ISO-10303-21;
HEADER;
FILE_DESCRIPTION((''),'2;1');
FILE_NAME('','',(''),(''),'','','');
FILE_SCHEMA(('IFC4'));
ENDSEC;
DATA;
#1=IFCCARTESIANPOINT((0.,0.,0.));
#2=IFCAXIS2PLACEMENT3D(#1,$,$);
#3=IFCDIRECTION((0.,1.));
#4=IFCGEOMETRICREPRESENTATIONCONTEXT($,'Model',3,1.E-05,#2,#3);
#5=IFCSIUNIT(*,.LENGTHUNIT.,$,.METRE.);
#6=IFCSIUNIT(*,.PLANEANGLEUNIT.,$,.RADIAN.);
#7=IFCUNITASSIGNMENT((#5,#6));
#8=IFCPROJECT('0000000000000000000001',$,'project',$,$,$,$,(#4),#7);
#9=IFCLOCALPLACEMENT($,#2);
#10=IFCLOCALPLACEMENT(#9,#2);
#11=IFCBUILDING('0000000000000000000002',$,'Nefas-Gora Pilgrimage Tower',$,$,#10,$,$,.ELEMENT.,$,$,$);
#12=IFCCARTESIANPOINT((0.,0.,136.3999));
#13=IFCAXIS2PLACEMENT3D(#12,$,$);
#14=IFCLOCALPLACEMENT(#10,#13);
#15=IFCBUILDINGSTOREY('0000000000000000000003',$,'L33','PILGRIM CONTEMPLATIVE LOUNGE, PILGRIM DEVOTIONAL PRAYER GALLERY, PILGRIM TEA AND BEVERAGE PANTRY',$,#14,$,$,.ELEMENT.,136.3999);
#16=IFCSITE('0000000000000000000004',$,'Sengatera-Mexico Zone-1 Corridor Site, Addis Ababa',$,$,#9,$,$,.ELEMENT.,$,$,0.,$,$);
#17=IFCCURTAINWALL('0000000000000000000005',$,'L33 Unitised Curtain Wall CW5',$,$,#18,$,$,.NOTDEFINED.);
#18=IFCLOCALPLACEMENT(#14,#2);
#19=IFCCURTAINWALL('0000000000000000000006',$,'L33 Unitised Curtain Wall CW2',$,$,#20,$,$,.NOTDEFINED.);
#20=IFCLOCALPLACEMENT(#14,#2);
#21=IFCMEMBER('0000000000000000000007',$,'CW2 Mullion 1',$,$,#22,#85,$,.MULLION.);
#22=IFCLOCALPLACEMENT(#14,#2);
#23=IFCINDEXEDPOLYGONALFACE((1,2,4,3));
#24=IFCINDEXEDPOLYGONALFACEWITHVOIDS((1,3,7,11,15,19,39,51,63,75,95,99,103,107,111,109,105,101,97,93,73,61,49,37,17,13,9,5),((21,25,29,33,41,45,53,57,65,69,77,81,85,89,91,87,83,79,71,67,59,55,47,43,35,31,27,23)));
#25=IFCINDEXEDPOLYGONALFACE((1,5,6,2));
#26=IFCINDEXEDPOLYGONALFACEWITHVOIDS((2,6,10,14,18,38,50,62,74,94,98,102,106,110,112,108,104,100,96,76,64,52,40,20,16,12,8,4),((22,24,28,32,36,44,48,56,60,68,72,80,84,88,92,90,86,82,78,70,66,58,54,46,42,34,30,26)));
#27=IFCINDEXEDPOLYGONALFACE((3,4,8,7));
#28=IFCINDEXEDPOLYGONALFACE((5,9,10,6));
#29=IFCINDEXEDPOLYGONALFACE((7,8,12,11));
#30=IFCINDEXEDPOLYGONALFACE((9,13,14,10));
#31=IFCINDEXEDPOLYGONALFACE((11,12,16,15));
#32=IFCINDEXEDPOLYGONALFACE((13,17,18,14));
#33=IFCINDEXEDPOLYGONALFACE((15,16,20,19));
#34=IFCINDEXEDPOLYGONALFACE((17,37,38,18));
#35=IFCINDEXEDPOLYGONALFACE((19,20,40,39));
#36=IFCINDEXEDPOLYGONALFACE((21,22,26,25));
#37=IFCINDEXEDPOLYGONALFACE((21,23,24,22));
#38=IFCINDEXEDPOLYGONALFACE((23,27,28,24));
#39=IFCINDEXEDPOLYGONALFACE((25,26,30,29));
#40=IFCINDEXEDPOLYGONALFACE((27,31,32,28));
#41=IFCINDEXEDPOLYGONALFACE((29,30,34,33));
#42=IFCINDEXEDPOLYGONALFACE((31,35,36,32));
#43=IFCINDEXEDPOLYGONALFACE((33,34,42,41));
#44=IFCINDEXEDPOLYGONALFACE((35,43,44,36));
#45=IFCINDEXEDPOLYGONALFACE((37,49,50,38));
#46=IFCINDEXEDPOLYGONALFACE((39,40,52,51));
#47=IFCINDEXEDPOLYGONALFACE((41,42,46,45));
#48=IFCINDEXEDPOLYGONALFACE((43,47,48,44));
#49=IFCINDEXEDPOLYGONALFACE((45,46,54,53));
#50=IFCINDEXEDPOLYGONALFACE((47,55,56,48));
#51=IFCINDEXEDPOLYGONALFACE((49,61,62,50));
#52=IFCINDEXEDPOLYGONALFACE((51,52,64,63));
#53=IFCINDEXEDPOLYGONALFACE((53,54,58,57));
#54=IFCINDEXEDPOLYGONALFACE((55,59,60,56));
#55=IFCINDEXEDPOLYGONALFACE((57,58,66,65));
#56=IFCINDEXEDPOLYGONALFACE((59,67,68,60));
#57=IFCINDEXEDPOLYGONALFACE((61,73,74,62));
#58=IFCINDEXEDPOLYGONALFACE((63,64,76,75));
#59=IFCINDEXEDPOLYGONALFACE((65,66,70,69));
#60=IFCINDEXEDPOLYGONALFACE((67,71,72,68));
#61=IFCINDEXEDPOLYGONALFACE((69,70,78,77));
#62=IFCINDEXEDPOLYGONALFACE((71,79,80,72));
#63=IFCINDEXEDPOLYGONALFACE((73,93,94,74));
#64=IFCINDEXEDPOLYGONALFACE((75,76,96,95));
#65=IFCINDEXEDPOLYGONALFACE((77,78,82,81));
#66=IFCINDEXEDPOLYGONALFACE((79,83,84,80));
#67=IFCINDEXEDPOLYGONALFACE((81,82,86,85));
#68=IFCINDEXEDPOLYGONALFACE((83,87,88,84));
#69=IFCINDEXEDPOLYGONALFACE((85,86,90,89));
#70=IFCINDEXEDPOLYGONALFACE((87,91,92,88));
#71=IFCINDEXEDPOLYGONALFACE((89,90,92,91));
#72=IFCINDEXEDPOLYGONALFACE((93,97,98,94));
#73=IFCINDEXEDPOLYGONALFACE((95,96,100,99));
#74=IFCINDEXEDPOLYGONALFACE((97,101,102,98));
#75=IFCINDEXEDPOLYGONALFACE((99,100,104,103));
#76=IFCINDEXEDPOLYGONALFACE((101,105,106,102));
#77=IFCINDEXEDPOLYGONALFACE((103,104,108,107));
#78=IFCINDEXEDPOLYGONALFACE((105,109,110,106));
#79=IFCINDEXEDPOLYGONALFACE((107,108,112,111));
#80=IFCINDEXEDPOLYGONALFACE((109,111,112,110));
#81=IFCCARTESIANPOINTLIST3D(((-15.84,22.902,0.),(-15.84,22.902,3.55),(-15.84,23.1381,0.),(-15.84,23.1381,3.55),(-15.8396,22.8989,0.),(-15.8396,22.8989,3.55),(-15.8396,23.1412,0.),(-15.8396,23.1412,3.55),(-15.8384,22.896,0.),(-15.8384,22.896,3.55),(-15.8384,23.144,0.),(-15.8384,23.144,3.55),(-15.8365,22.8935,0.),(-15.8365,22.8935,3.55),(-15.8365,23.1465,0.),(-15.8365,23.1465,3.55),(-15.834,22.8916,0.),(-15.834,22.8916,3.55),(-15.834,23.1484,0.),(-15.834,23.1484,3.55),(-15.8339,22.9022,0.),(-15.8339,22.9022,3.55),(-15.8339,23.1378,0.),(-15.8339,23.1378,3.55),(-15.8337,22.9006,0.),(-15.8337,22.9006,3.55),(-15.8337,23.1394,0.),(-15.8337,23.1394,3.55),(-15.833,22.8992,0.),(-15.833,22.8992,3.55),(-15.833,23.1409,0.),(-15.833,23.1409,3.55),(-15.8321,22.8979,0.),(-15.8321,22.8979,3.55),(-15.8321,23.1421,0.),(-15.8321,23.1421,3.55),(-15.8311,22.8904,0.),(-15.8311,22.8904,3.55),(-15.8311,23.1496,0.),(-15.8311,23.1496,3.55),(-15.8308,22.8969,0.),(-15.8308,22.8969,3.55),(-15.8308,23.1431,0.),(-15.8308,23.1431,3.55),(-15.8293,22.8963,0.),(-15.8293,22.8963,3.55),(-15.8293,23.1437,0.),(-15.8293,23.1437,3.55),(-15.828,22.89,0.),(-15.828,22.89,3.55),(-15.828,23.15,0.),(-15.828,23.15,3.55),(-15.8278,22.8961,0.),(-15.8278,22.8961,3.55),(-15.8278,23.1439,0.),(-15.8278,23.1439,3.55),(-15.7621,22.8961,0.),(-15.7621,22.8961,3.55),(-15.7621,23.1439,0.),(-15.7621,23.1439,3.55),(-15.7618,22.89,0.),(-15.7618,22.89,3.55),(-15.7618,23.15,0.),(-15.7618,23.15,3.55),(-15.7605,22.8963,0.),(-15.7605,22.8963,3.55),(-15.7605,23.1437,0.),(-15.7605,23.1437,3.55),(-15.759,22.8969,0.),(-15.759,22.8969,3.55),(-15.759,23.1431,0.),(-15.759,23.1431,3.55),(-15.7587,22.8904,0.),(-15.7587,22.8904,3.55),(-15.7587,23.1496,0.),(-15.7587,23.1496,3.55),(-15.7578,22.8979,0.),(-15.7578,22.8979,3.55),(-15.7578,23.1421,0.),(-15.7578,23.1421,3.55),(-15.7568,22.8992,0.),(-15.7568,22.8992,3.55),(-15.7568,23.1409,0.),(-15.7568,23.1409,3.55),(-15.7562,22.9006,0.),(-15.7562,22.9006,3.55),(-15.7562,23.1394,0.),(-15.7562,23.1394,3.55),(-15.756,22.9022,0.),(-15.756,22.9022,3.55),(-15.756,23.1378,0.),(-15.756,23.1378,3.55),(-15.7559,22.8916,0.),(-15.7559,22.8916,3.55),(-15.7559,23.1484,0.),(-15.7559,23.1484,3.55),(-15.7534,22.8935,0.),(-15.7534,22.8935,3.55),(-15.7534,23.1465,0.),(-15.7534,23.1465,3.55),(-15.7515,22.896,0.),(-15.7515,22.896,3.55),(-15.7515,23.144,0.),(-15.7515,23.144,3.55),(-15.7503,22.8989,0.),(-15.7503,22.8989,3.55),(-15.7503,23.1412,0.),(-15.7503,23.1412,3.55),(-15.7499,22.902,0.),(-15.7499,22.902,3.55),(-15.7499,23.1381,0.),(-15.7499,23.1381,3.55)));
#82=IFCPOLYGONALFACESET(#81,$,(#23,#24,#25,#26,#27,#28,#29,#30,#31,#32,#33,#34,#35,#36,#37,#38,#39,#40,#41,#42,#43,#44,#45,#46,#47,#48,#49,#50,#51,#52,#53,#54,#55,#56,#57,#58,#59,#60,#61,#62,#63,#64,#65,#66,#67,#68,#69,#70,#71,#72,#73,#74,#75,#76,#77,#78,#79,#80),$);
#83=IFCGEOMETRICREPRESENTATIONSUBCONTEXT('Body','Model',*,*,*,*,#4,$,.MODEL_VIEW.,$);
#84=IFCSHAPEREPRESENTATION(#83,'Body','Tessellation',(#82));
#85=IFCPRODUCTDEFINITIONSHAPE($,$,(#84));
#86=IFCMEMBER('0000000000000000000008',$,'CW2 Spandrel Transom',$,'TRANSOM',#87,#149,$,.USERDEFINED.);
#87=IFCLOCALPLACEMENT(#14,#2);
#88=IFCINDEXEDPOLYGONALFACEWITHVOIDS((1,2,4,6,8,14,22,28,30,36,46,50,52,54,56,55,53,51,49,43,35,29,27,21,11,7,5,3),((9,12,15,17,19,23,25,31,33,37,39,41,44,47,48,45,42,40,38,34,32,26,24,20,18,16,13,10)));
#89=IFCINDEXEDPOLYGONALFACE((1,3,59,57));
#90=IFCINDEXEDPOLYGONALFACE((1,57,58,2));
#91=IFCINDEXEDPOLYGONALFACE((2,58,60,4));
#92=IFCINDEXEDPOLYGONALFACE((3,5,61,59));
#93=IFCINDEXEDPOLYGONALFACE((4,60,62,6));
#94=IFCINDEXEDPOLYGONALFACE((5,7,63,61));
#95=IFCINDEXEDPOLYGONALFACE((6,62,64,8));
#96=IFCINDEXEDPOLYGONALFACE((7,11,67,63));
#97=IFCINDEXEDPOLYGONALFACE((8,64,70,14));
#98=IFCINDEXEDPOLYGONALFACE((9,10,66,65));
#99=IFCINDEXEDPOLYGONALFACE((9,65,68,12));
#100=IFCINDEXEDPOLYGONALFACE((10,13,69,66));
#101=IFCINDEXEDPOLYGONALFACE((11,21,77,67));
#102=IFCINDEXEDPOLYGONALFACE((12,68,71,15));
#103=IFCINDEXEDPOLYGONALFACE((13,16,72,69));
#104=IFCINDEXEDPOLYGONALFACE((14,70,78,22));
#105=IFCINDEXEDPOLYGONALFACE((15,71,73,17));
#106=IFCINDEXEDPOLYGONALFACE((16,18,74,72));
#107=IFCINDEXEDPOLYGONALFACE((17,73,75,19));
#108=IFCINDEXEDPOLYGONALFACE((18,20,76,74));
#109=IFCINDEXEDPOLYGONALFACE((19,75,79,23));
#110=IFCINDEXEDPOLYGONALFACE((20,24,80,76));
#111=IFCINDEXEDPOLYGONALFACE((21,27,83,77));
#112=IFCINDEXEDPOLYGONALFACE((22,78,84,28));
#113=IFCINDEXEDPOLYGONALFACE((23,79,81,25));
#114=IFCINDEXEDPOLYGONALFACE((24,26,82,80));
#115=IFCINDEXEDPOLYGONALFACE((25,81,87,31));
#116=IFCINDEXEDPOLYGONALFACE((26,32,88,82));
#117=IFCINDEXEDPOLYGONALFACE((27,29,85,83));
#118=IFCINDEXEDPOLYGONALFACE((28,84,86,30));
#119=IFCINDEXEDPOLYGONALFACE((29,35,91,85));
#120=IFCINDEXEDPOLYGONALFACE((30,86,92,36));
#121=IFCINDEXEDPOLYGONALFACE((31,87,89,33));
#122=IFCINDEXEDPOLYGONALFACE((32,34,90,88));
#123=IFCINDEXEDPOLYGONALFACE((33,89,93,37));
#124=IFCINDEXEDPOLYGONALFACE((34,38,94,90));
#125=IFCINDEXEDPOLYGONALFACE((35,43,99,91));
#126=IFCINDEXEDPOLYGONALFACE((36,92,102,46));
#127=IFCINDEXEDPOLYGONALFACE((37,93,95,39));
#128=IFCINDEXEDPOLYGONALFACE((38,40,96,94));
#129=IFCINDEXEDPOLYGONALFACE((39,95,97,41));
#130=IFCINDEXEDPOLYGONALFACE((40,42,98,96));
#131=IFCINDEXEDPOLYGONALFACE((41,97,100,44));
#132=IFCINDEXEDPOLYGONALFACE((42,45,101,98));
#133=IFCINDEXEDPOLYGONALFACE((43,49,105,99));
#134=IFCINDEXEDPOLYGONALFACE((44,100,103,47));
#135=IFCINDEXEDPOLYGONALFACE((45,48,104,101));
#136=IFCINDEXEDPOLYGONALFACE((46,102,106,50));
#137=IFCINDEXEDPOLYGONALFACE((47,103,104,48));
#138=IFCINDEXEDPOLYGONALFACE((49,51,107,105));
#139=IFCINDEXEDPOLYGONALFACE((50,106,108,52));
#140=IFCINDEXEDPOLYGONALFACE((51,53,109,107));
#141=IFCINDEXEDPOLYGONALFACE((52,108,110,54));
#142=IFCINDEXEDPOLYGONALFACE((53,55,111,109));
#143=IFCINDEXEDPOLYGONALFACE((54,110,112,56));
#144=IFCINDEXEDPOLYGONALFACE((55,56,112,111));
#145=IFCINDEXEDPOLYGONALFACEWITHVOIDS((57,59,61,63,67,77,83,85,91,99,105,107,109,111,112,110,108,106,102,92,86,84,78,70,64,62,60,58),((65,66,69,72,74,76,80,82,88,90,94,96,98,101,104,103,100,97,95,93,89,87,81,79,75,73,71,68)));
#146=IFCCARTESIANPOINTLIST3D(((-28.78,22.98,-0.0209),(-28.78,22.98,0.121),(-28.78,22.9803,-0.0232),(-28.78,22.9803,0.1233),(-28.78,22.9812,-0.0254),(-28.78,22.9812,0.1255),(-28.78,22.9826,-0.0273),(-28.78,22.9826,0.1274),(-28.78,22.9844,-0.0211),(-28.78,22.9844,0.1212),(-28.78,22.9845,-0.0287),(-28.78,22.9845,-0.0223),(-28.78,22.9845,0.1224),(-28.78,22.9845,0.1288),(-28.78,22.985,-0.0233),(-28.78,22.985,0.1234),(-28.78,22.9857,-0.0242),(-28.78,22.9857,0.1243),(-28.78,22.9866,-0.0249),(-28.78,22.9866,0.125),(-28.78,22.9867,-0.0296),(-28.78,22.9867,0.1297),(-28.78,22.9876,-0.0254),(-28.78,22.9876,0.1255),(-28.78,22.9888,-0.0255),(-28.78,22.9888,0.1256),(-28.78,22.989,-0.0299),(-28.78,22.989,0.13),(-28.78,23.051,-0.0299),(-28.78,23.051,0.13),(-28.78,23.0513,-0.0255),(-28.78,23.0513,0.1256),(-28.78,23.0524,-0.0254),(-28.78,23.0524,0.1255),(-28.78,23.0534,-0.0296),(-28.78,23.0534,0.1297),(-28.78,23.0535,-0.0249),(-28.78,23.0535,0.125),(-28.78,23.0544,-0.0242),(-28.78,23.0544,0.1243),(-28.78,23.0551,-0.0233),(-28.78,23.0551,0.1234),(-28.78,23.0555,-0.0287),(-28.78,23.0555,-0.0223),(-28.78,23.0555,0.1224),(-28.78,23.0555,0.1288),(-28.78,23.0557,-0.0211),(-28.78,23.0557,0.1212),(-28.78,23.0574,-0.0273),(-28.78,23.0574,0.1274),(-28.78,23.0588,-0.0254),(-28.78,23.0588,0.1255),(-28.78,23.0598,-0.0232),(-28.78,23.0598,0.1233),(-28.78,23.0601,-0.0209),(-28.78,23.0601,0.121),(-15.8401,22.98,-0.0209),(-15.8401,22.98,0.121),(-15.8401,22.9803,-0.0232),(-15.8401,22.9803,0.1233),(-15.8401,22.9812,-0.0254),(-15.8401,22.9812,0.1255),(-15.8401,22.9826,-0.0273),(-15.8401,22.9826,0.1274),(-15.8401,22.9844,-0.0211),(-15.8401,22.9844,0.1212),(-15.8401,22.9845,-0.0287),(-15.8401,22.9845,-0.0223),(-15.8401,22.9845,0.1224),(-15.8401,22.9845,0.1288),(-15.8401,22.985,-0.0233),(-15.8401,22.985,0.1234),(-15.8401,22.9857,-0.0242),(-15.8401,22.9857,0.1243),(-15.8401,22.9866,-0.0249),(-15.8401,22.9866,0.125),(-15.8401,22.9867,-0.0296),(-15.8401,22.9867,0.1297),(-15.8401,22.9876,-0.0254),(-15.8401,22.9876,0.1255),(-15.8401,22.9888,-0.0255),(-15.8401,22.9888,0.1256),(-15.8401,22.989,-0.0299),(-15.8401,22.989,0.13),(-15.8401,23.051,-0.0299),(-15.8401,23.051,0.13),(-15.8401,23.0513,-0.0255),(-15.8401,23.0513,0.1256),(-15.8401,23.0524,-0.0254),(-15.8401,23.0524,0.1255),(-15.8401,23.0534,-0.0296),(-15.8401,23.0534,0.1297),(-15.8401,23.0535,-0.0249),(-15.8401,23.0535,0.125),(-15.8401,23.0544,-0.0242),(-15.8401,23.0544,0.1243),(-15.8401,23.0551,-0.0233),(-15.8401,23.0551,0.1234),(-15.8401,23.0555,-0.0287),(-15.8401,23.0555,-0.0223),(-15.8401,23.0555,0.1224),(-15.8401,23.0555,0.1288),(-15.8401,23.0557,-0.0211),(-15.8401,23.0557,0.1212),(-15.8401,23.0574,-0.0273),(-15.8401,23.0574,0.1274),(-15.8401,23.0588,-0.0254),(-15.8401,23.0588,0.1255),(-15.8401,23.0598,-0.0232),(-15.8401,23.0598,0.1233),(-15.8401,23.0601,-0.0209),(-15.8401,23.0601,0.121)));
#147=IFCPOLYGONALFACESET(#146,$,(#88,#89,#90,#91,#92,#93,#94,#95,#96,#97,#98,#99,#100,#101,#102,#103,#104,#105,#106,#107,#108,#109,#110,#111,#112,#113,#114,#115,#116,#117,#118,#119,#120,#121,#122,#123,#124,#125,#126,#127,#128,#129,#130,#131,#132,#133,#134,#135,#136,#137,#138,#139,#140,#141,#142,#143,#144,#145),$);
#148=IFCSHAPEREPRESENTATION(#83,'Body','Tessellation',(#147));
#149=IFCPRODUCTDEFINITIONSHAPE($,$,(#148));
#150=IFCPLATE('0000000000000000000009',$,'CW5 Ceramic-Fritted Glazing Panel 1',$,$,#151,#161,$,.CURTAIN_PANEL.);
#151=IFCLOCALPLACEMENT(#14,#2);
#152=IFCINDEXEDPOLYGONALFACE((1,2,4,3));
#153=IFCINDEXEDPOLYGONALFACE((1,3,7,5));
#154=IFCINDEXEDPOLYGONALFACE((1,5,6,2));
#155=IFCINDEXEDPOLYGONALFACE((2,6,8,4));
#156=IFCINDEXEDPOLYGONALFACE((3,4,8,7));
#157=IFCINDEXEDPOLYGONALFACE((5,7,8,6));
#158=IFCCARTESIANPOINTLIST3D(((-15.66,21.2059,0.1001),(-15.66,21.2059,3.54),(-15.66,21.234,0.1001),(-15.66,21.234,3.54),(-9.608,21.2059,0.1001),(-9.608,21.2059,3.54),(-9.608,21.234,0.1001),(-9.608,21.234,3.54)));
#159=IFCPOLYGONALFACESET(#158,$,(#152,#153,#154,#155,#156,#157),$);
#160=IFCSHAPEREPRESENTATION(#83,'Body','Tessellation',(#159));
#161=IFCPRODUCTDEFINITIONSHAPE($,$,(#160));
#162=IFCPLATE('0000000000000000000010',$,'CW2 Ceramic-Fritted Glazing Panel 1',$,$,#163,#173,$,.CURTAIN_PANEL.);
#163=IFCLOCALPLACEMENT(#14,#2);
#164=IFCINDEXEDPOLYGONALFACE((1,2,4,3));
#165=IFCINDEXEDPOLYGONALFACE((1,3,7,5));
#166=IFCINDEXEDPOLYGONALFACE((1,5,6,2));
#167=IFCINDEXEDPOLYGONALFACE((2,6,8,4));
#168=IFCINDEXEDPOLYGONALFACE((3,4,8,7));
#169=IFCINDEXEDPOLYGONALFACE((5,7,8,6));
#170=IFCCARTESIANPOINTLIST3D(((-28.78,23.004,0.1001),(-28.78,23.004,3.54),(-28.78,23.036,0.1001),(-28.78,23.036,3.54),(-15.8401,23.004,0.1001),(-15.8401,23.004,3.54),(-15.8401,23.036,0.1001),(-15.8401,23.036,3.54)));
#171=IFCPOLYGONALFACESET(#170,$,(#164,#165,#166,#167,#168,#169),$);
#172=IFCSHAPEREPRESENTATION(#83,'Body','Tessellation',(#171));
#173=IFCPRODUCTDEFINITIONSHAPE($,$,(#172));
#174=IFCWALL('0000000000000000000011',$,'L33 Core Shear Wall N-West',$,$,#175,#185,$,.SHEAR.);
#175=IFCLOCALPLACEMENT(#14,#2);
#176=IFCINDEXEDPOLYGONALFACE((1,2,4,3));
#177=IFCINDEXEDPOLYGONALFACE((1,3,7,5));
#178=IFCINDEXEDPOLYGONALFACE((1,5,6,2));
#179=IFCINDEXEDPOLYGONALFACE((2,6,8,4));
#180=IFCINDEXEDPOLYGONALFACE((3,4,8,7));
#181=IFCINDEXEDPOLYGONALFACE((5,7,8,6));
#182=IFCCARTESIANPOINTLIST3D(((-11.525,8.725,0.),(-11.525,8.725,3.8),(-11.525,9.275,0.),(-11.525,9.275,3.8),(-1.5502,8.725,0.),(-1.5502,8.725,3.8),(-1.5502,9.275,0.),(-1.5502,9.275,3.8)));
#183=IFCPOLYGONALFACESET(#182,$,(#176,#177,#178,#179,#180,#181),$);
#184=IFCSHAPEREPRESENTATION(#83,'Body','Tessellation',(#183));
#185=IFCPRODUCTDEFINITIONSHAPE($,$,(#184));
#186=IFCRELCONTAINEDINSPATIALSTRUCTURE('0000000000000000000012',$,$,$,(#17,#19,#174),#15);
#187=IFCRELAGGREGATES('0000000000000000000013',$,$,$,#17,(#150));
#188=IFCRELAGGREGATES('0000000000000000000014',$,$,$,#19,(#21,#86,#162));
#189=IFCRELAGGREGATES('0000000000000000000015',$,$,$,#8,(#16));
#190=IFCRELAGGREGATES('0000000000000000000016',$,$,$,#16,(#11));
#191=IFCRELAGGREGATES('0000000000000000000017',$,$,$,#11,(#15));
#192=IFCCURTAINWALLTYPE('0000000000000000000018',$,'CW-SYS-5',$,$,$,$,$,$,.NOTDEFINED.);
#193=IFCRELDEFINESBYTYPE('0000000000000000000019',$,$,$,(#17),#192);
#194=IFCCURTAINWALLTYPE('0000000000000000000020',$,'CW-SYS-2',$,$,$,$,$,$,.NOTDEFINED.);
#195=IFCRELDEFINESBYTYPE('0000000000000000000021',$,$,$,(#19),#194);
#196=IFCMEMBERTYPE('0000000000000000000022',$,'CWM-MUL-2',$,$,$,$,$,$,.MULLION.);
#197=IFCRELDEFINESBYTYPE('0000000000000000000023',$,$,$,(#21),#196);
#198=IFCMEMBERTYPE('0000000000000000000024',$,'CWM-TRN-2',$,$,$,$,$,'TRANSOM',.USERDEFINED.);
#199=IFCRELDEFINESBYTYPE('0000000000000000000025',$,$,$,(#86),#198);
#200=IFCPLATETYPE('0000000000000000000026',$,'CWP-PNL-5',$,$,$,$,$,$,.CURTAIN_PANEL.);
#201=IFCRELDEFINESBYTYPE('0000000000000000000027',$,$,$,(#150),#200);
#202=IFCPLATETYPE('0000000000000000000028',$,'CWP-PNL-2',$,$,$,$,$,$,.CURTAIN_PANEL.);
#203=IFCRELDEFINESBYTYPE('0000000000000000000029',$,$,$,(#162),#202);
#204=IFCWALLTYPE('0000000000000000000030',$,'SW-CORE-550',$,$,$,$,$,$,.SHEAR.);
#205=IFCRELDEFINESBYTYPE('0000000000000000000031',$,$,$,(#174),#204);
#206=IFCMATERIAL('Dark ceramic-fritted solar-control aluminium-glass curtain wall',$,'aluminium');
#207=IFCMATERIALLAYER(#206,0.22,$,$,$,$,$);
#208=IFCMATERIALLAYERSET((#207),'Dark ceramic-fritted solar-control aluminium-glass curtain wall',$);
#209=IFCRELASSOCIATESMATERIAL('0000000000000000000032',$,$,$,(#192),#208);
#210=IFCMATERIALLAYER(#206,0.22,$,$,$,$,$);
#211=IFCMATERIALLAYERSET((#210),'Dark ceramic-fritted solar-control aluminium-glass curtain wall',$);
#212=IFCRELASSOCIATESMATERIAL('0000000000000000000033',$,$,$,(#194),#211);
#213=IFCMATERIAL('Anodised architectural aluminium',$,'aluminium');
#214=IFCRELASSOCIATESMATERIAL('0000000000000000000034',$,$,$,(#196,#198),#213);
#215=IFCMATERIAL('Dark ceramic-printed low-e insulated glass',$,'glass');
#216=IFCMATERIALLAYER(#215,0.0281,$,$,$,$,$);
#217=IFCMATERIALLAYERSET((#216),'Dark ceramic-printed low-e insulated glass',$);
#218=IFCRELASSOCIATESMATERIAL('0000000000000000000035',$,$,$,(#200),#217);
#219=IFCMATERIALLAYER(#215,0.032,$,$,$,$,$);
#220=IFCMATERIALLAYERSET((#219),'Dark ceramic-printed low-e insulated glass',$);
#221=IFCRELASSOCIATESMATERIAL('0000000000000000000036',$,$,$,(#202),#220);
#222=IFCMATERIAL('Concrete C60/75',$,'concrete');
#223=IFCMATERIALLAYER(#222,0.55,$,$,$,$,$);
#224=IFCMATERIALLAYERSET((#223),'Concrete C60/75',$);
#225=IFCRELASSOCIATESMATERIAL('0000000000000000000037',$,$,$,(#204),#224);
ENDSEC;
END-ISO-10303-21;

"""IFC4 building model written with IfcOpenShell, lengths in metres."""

from ifc_helpers import new_model, si_unit, direction, frame, frame_2d, origin, origin_2d, place, context, subcontext, project, spatial, rectangle, hollow_rectangle, extrude, source, transform, mapped, material, layer, layer_set, material_profile, profile_set, type_object, element, aggregate, save


model = new_model("IFC4")

# Units and contexts
model_context = context("Model", 3, precision=1e-05, world=origin(), true_north=direction((0.0, 1.0)))
body_context = subcontext(model_context, "Body", "Model", "MODEL_VIEW")
ifc_project = project(units=[si_unit("LENGTHUNIT", "METRE"), si_unit("PLANEANGLEUNIT", "RADIAN")], contexts=[model_context])

# Site, building, storey
site_placement = place(None, origin())
site = spatial("IfcSite", under=ifc_project, at=site_placement, Name="Sengatera-Mexico Zone-1 Corridor Site, Addis Ababa", CompositionType="ELEMENT", RefElevation=0.0)
building_placement = place(site_placement, origin())
building = spatial("IfcBuilding", under=site, at=building_placement, Name="Nefas-Gora Pilgrimage Tower", CompositionType="ELEMENT")
storey_placement = place(building_placement, frame((0.0, 0.0, 136.3999)))
storey = spatial("IfcBuildingStorey", under=building, at=storey_placement, Name="L33", Description="PILGRIM CONTEMPLATIVE LOUNGE, PILGRIM DEVOTIONAL PRAYER GALLERY, PILGRIM TEA AND BEVERAGE PANTRY", CompositionType="ELEMENT", Elevation=136.3999)

# Curtain wall
ifc_material_1 = material(Name="Dark ceramic-fritted solar-control aluminium-glass curtain wall", Category="aluminium")
ifc_layer_1 = layer(ifc_material_1, 0.22)
ifc_layer_set_1 = layer_set([ifc_layer_1], Name="Dark ceramic-fritted solar-control aluminium-glass curtain wall")
curtain_wall_type_1 = type_object("IfcCurtainWallType", Name="CW-SYS-5", PredefinedType="NOTDEFINED", material=ifc_layer_set_1)
curtain_wall_1_placement = place(storey_placement, origin())
curtain_wall_1 = element("IfcCurtainWall", 1, at=curtain_wall_1_placement, inside=storey, type_object=curtain_wall_type_1, Name="L33 Unitised Curtain Wall CW5", PredefinedType="NOTDEFINED")
ifc_material_2 = material(Name="Anodised architectural aluminium", Category="aluminium")

# Curtain wall, members
ifc_layer_2 = layer(ifc_material_1, 0.22)
ifc_layer_set_2 = layer_set([ifc_layer_2], Name="Dark ceramic-fritted solar-control aluminium-glass curtain wall")
curtain_wall_type_2 = type_object("IfcCurtainWallType", Name="CW-SYS-2", PredefinedType="NOTDEFINED", material=ifc_layer_set_2)
curtain_wall_2_placement = place(storey_placement, origin())
curtain_wall_2 = element("IfcCurtainWall", 2, at=curtain_wall_2_placement, inside=storey, type_object=curtain_wall_type_2, Name="L33 Unitised Curtain Wall CW2", PredefinedType="NOTDEFINED")
ifc_material_profile_1 = material_profile(ifc_material_2, hollow_rectangle(XDim=0.0901, YDim=0.26, WallThickness=0.0061, InnerFilletRadius=0.0061, OuterFilletRadius=0.012, at=origin_2d()), Name="ALU MULLION 90x260")
ifc_profile_set_1 = profile_set([ifc_material_profile_1], Name="Anodised architectural aluminium")
member_type_1 = type_object("IfcMemberType", Name="CWM-MUL-2", PredefinedType="MULLION", material=ifc_profile_set_1)
shared_shape_1 = source(origin(), body_context, "Body", "SweptSolid", [
    extrude(hollow_rectangle(XDim=0.0901, YDim=0.26, WallThickness=0.0061, InnerFilletRadius=0.0061, OuterFilletRadius=0.012, at=origin_2d()), origin(), (0.0, 0.0, 1.0), 3.55),
])
member_1_placement = place(storey_placement, frame((-15.7949, 23.02, 0.0), z_axis=(0.0, 0.0, 1.0), x_axis=(-1.0, 0.0, 0.0)))
member_1 = element("IfcMember", 3, at=member_1_placement, type_object=member_type_1, Name="CW2 Mullion 1", PredefinedType="MULLION", context=body_context, shape_type="MappedRepresentation", body=[
    mapped(shared_shape_1, transform((0.0, 0.0, 0.0), x_axis=(1.0, 0.0, 0.0), y_axis=(0.0, 1.0, 0.0), z_axis=(0.0, 0.0, 1.0), scale=1.0)),
])
ifc_material_profile_2 = material_profile(ifc_material_2, hollow_rectangle(XDim=0.0801, YDim=0.1599, WallThickness=0.0044, InnerFilletRadius=0.0044, OuterFilletRadius=0.009, at=origin_2d()), Name="ALU TRANSOM 80x160")
ifc_profile_set_2 = profile_set([ifc_material_profile_2], Name="Anodised architectural aluminium")
member_type_2 = type_object("IfcMemberType", Name="CWM-TRN-2", ElementType="TRANSOM", PredefinedType="USERDEFINED", material=ifc_profile_set_2)
shared_shape_2 = source(origin(), body_context, "Body", "SweptSolid", [
    extrude(hollow_rectangle(XDim=0.0801, YDim=0.1599, WallThickness=0.0044, InnerFilletRadius=0.0044, OuterFilletRadius=0.009, at=origin_2d()), origin(), (0.0, 0.0, 1.0), 12.9399),
])
member_2_placement = place(storey_placement, frame((-15.8401, 23.02, 0.05), z_axis=(-1.0, 0.0, 0.0), x_axis=(0.0, -1.0, 0.0)))
member_2 = element("IfcMember", 4, at=member_2_placement, type_object=member_type_2, Name="CW2 Spandrel Transom", ObjectType="TRANSOM", PredefinedType="USERDEFINED", context=body_context, shape_type="MappedRepresentation", body=[
    mapped(shared_shape_2, transform((0.0, 0.0, 0.0), x_axis=(1.0, 0.0, 0.0), y_axis=(0.0, 1.0, 0.0), z_axis=(0.0, 0.0, 1.0), scale=1.0)),
])

# Plates
ifc_material_3 = material(Name="Dark ceramic-printed low-e insulated glass", Category="glass")
ifc_layer_3 = layer(ifc_material_3, 0.0281)
ifc_layer_set_3 = layer_set([ifc_layer_3], Name="Dark ceramic-printed low-e insulated glass")
plate_type_1 = type_object("IfcPlateType", Name="CWP-PNL-5", PredefinedType="CURTAIN_PANEL", material=ifc_layer_set_3)
shared_shape_3 = source(origin(), body_context, "Body", "SweptSolid", [
    extrude(rectangle(XDim=6.052, YDim=0.0281, at=origin_2d()), origin(), (0.0, 0.0, 1.0), 3.4399),
])
plate_1_placement = place(storey_placement, frame((-12.634, 21.22, 0.1001), z_axis=(0.0, 0.0, 1.0), x_axis=(-1.0, 0.0, 0.0)))
plate_1 = element("IfcPlate", 5, at=plate_1_placement, type_object=plate_type_1, Name="CW5 Ceramic-Fritted Glazing Panel 1", PredefinedType="CURTAIN_PANEL", context=body_context, shape_type="MappedRepresentation", body=[
    mapped(shared_shape_3, transform((0.0, 0.0, 0.0), x_axis=(1.0, 0.0, 0.0), y_axis=(0.0, 1.0, 0.0), z_axis=(0.0, 0.0, 1.0), scale=1.0)),
])
aggregate(curtain_wall_1, [plate_1])
ifc_layer_4 = layer(ifc_material_3, 0.032)
ifc_layer_set_4 = layer_set([ifc_layer_4], Name="Dark ceramic-printed low-e insulated glass")
plate_type_2 = type_object("IfcPlateType", Name="CWP-PNL-2", PredefinedType="CURTAIN_PANEL", material=ifc_layer_set_4)
shared_shape_4 = source(origin(), body_context, "Body", "SweptSolid", [
    extrude(rectangle(XDim=12.9399, YDim=0.032, at=origin_2d()), origin(), (0.0, 0.0, 1.0), 3.4399),
])
plate_2_placement = place(storey_placement, frame((-22.3101, 23.02, 0.1001), z_axis=(0.0, 0.0, 1.0), x_axis=(-1.0, 0.0, 0.0)))
plate_2 = element("IfcPlate", 6, at=plate_2_placement, type_object=plate_type_2, Name="CW2 Ceramic-Fritted Glazing Panel 1", PredefinedType="CURTAIN_PANEL", context=body_context, shape_type="MappedRepresentation", body=[
    mapped(shared_shape_4, transform((0.0, 0.0, 0.0), x_axis=(1.0, 0.0, 0.0), y_axis=(0.0, 1.0, 0.0), z_axis=(0.0, 0.0, 1.0), scale=1.0)),
])
aggregate(curtain_wall_2, [member_1, member_2, plate_2])

# Wall
ifc_material_4 = material(Name="Concrete C60/75", Category="concrete")
ifc_layer_5 = layer(ifc_material_4, 0.55)
ifc_layer_set_5 = layer_set([ifc_layer_5], Name="Concrete C60/75")
wall_type_1 = type_object("IfcWallType", Name="SW-CORE-550", PredefinedType="SHEAR", material=ifc_layer_set_5)
shared_shape_5 = source(origin(), body_context, "Body", "SweptSolid", [
    extrude(rectangle(XDim=9.9749, YDim=0.55, at=frame_2d((4.9873, 0.0))), origin(), (0.0, 0.0, 1.0), 3.8),
])
wall_1_placement = place(storey_placement, frame((-11.5249, 9.0, 0.0), z_axis=(0.0, 0.0, 1.0), x_axis=(1.0, 0.0, 0.0)))
element("IfcWall", 7, at=wall_1_placement, inside=storey, type_object=wall_type_1, Name="L33 Core Shear Wall N-West", PredefinedType="SHEAR", context=body_context, shape_type="MappedRepresentation", body=[
    mapped(shared_shape_5, transform((0.0, 0.0, 0.0), x_axis=(1.0, 0.0, 0.0), y_axis=(0.0, 1.0, 0.0), z_axis=(0.0, 0.0, 1.0), scale=1.0)),
])

save(model, "model.ifc")
